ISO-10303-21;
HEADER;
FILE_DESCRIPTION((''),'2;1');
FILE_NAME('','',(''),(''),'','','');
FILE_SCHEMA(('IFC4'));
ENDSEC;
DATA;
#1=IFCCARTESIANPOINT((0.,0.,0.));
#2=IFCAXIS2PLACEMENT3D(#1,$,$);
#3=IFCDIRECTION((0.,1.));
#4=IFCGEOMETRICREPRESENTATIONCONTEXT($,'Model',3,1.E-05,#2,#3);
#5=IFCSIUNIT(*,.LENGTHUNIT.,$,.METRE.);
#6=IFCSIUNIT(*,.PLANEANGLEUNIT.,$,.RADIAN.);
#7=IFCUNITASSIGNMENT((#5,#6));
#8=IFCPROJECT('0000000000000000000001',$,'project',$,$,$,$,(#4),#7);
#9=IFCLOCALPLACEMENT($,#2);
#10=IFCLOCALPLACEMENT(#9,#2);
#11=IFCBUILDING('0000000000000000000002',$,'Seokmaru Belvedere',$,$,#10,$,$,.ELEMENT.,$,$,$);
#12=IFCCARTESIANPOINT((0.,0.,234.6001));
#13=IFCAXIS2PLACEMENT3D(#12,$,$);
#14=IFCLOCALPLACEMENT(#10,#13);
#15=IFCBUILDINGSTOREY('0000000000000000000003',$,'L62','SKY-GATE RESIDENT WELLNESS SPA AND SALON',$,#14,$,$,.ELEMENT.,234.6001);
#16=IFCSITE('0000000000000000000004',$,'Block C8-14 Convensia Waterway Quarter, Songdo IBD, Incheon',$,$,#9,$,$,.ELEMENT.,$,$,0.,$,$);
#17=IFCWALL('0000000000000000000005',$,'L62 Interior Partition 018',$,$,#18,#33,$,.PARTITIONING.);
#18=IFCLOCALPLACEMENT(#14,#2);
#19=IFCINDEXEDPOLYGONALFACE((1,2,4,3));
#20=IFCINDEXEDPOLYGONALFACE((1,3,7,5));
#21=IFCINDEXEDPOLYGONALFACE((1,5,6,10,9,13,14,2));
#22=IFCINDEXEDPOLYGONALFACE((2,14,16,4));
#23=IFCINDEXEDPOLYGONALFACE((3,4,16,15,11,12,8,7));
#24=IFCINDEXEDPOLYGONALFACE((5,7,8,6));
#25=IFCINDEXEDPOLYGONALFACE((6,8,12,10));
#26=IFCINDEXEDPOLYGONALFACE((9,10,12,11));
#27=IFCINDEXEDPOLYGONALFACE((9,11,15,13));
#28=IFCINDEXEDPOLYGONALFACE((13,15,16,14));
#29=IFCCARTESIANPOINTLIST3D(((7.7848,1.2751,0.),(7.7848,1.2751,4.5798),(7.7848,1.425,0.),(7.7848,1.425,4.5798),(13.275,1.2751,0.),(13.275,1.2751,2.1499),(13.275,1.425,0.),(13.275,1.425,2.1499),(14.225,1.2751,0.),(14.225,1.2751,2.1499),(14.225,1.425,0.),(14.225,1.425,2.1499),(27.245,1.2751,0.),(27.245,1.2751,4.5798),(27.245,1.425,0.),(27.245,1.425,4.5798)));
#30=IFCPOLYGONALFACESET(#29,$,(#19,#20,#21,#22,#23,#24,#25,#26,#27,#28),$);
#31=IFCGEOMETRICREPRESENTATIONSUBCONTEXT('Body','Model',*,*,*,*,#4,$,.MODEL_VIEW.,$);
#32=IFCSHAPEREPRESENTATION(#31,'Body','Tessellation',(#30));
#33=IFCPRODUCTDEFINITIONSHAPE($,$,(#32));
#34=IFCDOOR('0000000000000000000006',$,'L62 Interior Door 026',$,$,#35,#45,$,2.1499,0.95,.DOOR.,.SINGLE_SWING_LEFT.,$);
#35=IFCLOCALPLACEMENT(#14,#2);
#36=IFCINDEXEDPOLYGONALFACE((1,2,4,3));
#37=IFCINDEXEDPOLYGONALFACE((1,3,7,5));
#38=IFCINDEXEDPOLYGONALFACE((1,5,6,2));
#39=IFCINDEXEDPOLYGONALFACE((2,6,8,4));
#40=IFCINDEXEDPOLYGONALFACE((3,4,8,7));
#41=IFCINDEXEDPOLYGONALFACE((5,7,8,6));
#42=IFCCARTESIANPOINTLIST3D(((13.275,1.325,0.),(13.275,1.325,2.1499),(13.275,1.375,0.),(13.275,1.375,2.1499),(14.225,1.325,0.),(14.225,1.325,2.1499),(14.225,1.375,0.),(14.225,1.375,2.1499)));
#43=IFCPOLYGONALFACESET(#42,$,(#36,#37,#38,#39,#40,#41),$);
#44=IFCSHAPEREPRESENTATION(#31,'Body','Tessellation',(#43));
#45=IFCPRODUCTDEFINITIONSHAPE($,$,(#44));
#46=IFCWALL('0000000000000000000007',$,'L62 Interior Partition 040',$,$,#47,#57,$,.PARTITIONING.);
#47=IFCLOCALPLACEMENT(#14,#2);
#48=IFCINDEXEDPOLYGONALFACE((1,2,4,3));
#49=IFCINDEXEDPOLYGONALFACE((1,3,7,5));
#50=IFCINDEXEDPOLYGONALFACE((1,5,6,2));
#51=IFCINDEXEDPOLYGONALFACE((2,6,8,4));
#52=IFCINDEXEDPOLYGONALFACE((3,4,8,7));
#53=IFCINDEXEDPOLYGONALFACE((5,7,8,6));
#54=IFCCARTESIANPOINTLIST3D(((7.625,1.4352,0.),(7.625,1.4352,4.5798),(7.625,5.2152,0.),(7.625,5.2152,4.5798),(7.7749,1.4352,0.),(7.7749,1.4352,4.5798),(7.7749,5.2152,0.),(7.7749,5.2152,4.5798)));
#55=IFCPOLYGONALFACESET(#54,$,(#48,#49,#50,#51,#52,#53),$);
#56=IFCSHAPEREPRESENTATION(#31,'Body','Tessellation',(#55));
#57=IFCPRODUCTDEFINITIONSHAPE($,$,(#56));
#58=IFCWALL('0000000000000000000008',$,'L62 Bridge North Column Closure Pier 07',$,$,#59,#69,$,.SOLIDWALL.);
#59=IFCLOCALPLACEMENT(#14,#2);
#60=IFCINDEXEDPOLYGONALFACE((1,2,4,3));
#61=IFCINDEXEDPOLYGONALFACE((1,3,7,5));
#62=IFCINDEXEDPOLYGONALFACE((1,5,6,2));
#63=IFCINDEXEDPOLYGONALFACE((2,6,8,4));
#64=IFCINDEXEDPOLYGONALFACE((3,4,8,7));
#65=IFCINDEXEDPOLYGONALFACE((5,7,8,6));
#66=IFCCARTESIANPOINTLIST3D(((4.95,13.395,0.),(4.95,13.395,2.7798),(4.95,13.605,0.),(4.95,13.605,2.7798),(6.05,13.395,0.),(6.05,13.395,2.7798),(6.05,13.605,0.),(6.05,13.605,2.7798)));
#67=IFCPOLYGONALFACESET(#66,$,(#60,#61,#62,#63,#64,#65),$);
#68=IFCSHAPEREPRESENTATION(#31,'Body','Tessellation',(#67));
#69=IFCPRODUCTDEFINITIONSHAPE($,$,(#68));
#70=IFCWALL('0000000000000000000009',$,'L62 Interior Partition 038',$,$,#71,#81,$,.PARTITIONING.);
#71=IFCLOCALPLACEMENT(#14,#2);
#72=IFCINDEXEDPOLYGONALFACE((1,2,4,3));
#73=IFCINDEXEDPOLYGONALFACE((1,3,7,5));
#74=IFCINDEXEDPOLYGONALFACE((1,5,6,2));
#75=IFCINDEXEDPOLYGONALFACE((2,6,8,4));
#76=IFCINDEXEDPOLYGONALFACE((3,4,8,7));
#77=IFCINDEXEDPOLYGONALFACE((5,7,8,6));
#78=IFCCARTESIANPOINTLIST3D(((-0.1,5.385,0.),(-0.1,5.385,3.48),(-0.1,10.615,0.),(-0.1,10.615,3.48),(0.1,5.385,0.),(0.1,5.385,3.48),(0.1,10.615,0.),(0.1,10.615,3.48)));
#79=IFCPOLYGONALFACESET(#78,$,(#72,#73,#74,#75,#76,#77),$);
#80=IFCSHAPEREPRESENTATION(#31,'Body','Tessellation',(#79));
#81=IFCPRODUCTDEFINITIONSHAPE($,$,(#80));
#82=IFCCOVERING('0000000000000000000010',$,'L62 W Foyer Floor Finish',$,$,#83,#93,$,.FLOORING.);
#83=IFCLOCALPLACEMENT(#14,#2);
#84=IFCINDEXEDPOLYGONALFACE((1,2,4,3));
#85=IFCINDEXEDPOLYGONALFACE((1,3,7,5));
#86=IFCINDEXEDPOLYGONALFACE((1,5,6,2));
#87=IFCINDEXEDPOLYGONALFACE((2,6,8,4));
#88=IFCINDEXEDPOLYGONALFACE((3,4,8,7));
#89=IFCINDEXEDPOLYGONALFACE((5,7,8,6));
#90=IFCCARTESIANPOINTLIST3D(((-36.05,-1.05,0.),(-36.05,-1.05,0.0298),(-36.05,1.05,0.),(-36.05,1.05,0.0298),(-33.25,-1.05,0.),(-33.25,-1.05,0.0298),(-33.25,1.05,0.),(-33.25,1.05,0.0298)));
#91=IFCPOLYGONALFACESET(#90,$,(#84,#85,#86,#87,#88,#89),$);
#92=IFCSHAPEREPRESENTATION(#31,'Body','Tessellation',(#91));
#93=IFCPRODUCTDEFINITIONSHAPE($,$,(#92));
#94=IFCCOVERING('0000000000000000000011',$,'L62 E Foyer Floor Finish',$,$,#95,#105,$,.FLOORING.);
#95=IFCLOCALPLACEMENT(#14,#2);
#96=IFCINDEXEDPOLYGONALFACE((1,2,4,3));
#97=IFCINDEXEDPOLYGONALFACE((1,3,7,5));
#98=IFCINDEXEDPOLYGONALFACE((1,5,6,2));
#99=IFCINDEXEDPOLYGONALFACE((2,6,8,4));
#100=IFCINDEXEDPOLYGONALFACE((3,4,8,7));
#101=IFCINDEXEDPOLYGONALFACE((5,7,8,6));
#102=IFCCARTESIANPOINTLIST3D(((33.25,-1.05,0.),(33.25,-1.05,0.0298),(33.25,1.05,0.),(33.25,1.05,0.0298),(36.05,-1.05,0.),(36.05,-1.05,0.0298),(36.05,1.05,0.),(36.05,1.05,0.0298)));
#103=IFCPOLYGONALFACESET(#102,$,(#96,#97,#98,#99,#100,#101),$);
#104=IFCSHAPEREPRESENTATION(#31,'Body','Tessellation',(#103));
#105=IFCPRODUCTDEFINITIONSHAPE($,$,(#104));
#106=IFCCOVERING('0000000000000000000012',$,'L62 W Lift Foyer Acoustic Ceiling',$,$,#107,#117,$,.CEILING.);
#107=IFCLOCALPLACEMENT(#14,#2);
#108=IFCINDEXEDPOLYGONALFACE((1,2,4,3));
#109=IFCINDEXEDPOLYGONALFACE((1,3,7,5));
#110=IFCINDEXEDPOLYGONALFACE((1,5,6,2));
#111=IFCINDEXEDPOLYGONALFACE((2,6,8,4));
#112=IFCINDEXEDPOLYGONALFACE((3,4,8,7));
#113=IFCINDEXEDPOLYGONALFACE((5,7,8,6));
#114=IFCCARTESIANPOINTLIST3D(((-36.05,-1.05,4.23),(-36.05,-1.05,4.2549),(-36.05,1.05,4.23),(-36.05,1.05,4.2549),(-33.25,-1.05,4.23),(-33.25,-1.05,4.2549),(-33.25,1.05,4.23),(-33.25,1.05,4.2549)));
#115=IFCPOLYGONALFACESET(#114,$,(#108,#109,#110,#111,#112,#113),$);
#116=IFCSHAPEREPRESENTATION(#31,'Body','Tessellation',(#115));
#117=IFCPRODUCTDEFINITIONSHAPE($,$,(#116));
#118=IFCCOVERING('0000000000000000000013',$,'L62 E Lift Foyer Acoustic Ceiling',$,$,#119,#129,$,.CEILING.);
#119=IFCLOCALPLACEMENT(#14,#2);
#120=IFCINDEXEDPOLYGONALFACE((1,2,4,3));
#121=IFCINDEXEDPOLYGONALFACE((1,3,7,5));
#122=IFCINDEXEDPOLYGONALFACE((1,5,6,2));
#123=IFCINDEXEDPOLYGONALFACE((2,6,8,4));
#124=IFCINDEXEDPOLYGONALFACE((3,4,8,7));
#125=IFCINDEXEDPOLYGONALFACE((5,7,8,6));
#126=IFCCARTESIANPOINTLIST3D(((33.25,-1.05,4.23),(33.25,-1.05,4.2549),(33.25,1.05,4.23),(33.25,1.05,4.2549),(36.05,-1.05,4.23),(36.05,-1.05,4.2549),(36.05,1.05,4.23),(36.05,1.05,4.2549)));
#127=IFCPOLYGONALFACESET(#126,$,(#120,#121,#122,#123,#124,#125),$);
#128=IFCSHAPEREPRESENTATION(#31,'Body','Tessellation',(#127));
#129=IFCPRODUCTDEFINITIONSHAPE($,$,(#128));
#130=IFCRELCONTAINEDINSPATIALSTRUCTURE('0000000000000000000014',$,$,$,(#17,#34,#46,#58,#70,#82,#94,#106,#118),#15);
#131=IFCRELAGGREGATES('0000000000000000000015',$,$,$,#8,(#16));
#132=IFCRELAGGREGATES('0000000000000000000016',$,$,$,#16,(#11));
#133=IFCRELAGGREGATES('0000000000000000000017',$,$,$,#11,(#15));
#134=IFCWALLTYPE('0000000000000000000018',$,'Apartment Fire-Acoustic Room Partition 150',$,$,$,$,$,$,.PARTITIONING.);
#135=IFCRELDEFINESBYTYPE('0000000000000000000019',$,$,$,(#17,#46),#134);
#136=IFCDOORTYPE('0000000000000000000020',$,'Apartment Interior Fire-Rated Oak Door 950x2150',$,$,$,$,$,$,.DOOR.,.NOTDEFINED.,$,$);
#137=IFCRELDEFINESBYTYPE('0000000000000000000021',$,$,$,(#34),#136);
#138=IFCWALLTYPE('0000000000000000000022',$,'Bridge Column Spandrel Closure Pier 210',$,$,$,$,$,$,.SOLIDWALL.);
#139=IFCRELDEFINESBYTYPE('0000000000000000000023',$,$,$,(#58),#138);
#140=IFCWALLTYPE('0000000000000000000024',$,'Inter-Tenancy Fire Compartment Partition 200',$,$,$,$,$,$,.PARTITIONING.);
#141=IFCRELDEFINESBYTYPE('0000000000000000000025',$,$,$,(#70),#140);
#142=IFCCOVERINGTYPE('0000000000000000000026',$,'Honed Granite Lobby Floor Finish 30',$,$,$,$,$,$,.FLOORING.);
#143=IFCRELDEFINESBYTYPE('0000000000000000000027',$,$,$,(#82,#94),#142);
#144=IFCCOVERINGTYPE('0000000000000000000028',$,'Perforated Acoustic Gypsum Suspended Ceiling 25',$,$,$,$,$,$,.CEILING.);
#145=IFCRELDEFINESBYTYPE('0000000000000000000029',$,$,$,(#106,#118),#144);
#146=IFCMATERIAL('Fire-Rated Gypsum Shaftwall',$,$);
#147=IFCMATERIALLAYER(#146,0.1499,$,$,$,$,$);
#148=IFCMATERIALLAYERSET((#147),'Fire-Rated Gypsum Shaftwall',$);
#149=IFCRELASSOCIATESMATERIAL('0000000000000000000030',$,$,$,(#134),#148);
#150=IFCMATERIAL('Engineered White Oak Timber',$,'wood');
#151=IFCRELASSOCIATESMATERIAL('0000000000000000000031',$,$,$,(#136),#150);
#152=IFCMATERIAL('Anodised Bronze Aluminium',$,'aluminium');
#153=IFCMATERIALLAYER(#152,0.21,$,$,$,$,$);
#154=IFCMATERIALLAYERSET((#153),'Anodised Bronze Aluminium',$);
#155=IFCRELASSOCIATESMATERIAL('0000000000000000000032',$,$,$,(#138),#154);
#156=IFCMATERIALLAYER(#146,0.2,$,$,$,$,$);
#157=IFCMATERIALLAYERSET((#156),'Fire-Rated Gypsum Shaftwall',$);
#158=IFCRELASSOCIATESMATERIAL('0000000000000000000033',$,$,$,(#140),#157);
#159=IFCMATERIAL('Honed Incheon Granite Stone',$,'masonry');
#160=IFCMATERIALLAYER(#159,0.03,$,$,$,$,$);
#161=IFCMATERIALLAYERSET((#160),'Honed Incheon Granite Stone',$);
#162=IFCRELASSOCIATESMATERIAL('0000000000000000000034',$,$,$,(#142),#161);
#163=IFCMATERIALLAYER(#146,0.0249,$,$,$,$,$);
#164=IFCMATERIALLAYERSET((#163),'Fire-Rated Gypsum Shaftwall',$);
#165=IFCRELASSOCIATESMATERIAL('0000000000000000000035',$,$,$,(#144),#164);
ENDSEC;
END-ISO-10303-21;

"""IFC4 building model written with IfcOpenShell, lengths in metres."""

from ifc_helpers import new_model, si_unit, direction, frame, frame_2d, origin, place, context, subcontext, project, spatial, polyline, rectangle, outline, extrude, source, transform, mapped, material, layer, layer_set, type_object, type_shapes, element, fill, save


model = new_model("IFC4")

# Units and contexts
model_context = context("Model", 3, precision=1e-05, world=origin(), true_north=direction((0.0, 1.0)))
body_context = subcontext(model_context, "Body", "Model", "MODEL_VIEW")
ifc_project = project(units=[si_unit("LENGTHUNIT", "METRE"), si_unit("PLANEANGLEUNIT", "RADIAN")], contexts=[model_context])

# Site, building, storey
site_placement = place(None, origin())
site = spatial("IfcSite", under=ifc_project, at=site_placement, Name="Block C8-14 Convensia Waterway Quarter, Songdo IBD, Incheon", CompositionType="ELEMENT", RefElevation=0.0)
building_placement = place(site_placement, origin())
building = spatial("IfcBuilding", under=site, at=building_placement, Name="Seokmaru Belvedere", CompositionType="ELEMENT")
storey_placement = place(building_placement, frame((0.0, 0.0, 234.6001)))
storey = spatial("IfcBuildingStorey", under=building, at=storey_placement, Name="L62", Description="SKY-GATE RESIDENT WELLNESS SPA AND SALON", CompositionType="ELEMENT", Elevation=234.6001)

# Shared definitions
ifc_material_1 = material(Name="Anodised Bronze Aluminium", Category="aluminium")

# Wall, opening, door
ifc_material_2 = material(Name="Fire-Rated Gypsum Shaftwall")
ifc_layer_1 = layer(ifc_material_2, 0.1499)
ifc_layer_set_1 = layer_set([ifc_layer_1], Name="Fire-Rated Gypsum Shaftwall")
wall_type_1 = type_object("IfcWallType", Name="Apartment Fire-Acoustic Room Partition 150", PredefinedType="PARTITIONING", material=ifc_layer_set_1)
wall_1_placement = place(storey_placement, frame((7.7849, 1.3501, 0.0), z_axis=(0.0, 0.0, 1.0), x_axis=(1.0, 0.0, 0.0)))
wall_1 = element("IfcWall", 1, at=wall_1_placement, inside=storey, type_object=wall_type_1, Name="L62 Interior Partition 018", PredefinedType="PARTITIONING", context=body_context, shape_type="SweptSolid", body=[
    extrude(rectangle(XDim=19.4602, YDim=0.1499, at=frame_2d((9.73, 0.0))), origin(), (0.0, 0.0, 1.0), 4.5798),
])
opening_placement = place(wall_1_placement, frame((5.49, 0.0, 0.0)))
opening = element("IfcOpeningElement", 2, at=opening_placement, cuts=wall_1, PredefinedType="OPENING", context=body_context, shape_type="SweptSolid", body=[
    extrude(rectangle(XDim=0.95, YDim=2.1499, at=frame_2d((0.4751, 1.075))), frame((0.0, 0.085, 0.0), z_axis=(0.0, -1.0, 0.0), x_axis=(1.0, 0.0, 0.0)), (0.0, 0.0, 1.0), 0.1699),
])
ifc_material_3 = material(Name="Engineered White Oak Timber", Category="wood")
door_type = type_object("IfcDoorType", Name="Apartment Interior Fire-Rated Oak Door 950x2150", OperationType="NOTDEFINED", PredefinedType="DOOR", material=ifc_material_3)
shared_shape_1 = source(origin(), body_context, "Body", "SweptSolid", [
    extrude(rectangle(XDim=0.95, YDim=2.1499, at=frame_2d((0.4751, 1.075))), frame((0.0, 0.0249, 0.0), z_axis=(0.0, -1.0, 0.0), x_axis=(1.0, 0.0, 0.0)), (0.0, 0.0, 1.0), 0.05),
])
type_shapes(door_type, [shared_shape_1])
door_placement = place(opening_placement, origin())
door = element("IfcDoor", 3, at=door_placement, inside=storey, type_object=door_type, Name="L62 Interior Door 026", OperationType="SINGLE_SWING_LEFT", OverallHeight=2.1499, OverallWidth=0.95, PredefinedType="DOOR", context=body_context, shape_type="MappedRepresentation", body=[
    mapped(shared_shape_1, transform((0.0, 0.0, 0.0), scale=1.0)),
])
fill(opening, door)

# Walls
wall_2_placement = place(storey_placement, frame((7.7, 1.4351, 0.0), z_axis=(0.0, 0.0, 1.0), x_axis=(0.0, 1.0, 0.0)))
element("IfcWall", 4, at=wall_2_placement, inside=storey, type_object=wall_type_1, Name="L62 Interior Partition 040", PredefinedType="PARTITIONING", context=body_context, shape_type="SweptSolid", body=[
    extrude(rectangle(XDim=3.78, YDim=0.1499, at=frame_2d((1.8901, 0.0))), origin(), (0.0, 0.0, 1.0), 4.5798),
])
ifc_layer_2 = layer(ifc_material_1, 0.21)
ifc_layer_set_2 = layer_set([ifc_layer_2], Name="Anodised Bronze Aluminium")
wall_type_2 = type_object("IfcWallType", Name="Bridge Column Spandrel Closure Pier 210", PredefinedType="SOLIDWALL", material=ifc_layer_set_2)
wall_3_placement = place(storey_placement, frame((4.95, 13.5, 0.0), z_axis=(0.0, 0.0, 1.0), x_axis=(1.0, 0.0, 0.0)))
element("IfcWall", 5, at=wall_3_placement, inside=storey, type_object=wall_type_2, Name="L62 Bridge North Column Closure Pier 07", PredefinedType="SOLIDWALL", context=body_context, shape_type="SweptSolid", body=[
    extrude(rectangle(XDim=1.1001, YDim=0.21, at=frame_2d((0.55, 0.0))), origin(), (0.0, 0.0, 1.0), 2.7798),
])
ifc_layer_3 = layer(ifc_material_2, 0.2)
ifc_layer_set_3 = layer_set([ifc_layer_3], Name="Fire-Rated Gypsum Shaftwall")
wall_type_3 = type_object("IfcWallType", Name="Inter-Tenancy Fire Compartment Partition 200", PredefinedType="PARTITIONING", material=ifc_layer_set_3)
wall_4_placement = place(storey_placement, frame((0.0, 5.385, 0.0), z_axis=(0.0, 0.0, 1.0), x_axis=(0.0, 1.0, 0.0)))
element("IfcWall", 6, at=wall_4_placement, inside=storey, type_object=wall_type_3, Name="L62 Interior Partition 038", PredefinedType="PARTITIONING", context=body_context, shape_type="SweptSolid", body=[
    extrude(rectangle(XDim=5.23, YDim=0.2, at=frame_2d((2.615, 0.0))), origin(), (0.0, 0.0, 1.0), 3.48),
])

# Coverings
ifc_material_4 = material(Name="Honed Incheon Granite Stone", Category="masonry")
ifc_layer_4 = layer(ifc_material_4, 0.03)
ifc_layer_set_4 = layer_set([ifc_layer_4], Name="Honed Incheon Granite Stone")
covering_type_1 = type_object("IfcCoveringType", Name="Honed Granite Lobby Floor Finish 30", PredefinedType="FLOORING", material=ifc_layer_set_4)
covering_1_placement = place(storey_placement, origin())
element("IfcCovering", 7, at=covering_1_placement, inside=storey, type_object=covering_type_1, Name="L62 W Foyer Floor Finish", PredefinedType="FLOORING", context=body_context, shape_type="SweptSolid", body=[
    extrude(outline(polyline([(-36.05, -1.05), (-33.25, -1.05), (-33.25, 1.05), (-36.05, 1.05), (-36.05, -1.05)])), origin(), (0.0, 0.0, 1.0), 0.0298),
])
covering_2_placement = place(storey_placement, origin())
element("IfcCovering", 8, at=covering_2_placement, inside=storey, type_object=covering_type_1, Name="L62 E Foyer Floor Finish", PredefinedType="FLOORING", context=body_context, shape_type="SweptSolid", body=[
    extrude(outline(polyline([(33.25, -1.05), (36.05, -1.05), (36.05, 1.05), (33.25, 1.05), (33.25, -1.05)])), origin(), (0.0, 0.0, 1.0), 0.0298),
])
ifc_layer_5 = layer(ifc_material_2, 0.0249)
ifc_layer_set_5 = layer_set([ifc_layer_5], Name="Fire-Rated Gypsum Shaftwall")
covering_type_2 = type_object("IfcCoveringType", Name="Perforated Acoustic Gypsum Suspended Ceiling 25", PredefinedType="CEILING", material=ifc_layer_set_5)
covering_3_placement = place(storey_placement, frame((0.0, 0.0, 4.23)))
element("IfcCovering", 9, at=covering_3_placement, inside=storey, type_object=covering_type_2, Name="L62 W Lift Foyer Acoustic Ceiling", PredefinedType="CEILING", context=body_context, shape_type="SweptSolid", body=[
    extrude(outline(polyline([(-36.05, -1.05), (-33.25, -1.05), (-33.25, 1.05), (-36.05, 1.05), (-36.05, -1.05)])), origin(), (0.0, 0.0, 1.0), 0.0249),
])
covering_4_placement = place(storey_placement, frame((0.0, 0.0, 4.23)))
element("IfcCovering", 10, at=covering_4_placement, inside=storey, type_object=covering_type_2, Name="L62 E Lift Foyer Acoustic Ceiling", PredefinedType="CEILING", context=body_context, shape_type="SweptSolid", body=[
    extrude(outline(polyline([(33.25, -1.05), (36.05, -1.05), (36.05, 1.05), (33.25, 1.05), (33.25, -1.05)])), origin(), (0.0, 0.0, 1.0), 0.0249),
])

save(model, "model.ifc")
